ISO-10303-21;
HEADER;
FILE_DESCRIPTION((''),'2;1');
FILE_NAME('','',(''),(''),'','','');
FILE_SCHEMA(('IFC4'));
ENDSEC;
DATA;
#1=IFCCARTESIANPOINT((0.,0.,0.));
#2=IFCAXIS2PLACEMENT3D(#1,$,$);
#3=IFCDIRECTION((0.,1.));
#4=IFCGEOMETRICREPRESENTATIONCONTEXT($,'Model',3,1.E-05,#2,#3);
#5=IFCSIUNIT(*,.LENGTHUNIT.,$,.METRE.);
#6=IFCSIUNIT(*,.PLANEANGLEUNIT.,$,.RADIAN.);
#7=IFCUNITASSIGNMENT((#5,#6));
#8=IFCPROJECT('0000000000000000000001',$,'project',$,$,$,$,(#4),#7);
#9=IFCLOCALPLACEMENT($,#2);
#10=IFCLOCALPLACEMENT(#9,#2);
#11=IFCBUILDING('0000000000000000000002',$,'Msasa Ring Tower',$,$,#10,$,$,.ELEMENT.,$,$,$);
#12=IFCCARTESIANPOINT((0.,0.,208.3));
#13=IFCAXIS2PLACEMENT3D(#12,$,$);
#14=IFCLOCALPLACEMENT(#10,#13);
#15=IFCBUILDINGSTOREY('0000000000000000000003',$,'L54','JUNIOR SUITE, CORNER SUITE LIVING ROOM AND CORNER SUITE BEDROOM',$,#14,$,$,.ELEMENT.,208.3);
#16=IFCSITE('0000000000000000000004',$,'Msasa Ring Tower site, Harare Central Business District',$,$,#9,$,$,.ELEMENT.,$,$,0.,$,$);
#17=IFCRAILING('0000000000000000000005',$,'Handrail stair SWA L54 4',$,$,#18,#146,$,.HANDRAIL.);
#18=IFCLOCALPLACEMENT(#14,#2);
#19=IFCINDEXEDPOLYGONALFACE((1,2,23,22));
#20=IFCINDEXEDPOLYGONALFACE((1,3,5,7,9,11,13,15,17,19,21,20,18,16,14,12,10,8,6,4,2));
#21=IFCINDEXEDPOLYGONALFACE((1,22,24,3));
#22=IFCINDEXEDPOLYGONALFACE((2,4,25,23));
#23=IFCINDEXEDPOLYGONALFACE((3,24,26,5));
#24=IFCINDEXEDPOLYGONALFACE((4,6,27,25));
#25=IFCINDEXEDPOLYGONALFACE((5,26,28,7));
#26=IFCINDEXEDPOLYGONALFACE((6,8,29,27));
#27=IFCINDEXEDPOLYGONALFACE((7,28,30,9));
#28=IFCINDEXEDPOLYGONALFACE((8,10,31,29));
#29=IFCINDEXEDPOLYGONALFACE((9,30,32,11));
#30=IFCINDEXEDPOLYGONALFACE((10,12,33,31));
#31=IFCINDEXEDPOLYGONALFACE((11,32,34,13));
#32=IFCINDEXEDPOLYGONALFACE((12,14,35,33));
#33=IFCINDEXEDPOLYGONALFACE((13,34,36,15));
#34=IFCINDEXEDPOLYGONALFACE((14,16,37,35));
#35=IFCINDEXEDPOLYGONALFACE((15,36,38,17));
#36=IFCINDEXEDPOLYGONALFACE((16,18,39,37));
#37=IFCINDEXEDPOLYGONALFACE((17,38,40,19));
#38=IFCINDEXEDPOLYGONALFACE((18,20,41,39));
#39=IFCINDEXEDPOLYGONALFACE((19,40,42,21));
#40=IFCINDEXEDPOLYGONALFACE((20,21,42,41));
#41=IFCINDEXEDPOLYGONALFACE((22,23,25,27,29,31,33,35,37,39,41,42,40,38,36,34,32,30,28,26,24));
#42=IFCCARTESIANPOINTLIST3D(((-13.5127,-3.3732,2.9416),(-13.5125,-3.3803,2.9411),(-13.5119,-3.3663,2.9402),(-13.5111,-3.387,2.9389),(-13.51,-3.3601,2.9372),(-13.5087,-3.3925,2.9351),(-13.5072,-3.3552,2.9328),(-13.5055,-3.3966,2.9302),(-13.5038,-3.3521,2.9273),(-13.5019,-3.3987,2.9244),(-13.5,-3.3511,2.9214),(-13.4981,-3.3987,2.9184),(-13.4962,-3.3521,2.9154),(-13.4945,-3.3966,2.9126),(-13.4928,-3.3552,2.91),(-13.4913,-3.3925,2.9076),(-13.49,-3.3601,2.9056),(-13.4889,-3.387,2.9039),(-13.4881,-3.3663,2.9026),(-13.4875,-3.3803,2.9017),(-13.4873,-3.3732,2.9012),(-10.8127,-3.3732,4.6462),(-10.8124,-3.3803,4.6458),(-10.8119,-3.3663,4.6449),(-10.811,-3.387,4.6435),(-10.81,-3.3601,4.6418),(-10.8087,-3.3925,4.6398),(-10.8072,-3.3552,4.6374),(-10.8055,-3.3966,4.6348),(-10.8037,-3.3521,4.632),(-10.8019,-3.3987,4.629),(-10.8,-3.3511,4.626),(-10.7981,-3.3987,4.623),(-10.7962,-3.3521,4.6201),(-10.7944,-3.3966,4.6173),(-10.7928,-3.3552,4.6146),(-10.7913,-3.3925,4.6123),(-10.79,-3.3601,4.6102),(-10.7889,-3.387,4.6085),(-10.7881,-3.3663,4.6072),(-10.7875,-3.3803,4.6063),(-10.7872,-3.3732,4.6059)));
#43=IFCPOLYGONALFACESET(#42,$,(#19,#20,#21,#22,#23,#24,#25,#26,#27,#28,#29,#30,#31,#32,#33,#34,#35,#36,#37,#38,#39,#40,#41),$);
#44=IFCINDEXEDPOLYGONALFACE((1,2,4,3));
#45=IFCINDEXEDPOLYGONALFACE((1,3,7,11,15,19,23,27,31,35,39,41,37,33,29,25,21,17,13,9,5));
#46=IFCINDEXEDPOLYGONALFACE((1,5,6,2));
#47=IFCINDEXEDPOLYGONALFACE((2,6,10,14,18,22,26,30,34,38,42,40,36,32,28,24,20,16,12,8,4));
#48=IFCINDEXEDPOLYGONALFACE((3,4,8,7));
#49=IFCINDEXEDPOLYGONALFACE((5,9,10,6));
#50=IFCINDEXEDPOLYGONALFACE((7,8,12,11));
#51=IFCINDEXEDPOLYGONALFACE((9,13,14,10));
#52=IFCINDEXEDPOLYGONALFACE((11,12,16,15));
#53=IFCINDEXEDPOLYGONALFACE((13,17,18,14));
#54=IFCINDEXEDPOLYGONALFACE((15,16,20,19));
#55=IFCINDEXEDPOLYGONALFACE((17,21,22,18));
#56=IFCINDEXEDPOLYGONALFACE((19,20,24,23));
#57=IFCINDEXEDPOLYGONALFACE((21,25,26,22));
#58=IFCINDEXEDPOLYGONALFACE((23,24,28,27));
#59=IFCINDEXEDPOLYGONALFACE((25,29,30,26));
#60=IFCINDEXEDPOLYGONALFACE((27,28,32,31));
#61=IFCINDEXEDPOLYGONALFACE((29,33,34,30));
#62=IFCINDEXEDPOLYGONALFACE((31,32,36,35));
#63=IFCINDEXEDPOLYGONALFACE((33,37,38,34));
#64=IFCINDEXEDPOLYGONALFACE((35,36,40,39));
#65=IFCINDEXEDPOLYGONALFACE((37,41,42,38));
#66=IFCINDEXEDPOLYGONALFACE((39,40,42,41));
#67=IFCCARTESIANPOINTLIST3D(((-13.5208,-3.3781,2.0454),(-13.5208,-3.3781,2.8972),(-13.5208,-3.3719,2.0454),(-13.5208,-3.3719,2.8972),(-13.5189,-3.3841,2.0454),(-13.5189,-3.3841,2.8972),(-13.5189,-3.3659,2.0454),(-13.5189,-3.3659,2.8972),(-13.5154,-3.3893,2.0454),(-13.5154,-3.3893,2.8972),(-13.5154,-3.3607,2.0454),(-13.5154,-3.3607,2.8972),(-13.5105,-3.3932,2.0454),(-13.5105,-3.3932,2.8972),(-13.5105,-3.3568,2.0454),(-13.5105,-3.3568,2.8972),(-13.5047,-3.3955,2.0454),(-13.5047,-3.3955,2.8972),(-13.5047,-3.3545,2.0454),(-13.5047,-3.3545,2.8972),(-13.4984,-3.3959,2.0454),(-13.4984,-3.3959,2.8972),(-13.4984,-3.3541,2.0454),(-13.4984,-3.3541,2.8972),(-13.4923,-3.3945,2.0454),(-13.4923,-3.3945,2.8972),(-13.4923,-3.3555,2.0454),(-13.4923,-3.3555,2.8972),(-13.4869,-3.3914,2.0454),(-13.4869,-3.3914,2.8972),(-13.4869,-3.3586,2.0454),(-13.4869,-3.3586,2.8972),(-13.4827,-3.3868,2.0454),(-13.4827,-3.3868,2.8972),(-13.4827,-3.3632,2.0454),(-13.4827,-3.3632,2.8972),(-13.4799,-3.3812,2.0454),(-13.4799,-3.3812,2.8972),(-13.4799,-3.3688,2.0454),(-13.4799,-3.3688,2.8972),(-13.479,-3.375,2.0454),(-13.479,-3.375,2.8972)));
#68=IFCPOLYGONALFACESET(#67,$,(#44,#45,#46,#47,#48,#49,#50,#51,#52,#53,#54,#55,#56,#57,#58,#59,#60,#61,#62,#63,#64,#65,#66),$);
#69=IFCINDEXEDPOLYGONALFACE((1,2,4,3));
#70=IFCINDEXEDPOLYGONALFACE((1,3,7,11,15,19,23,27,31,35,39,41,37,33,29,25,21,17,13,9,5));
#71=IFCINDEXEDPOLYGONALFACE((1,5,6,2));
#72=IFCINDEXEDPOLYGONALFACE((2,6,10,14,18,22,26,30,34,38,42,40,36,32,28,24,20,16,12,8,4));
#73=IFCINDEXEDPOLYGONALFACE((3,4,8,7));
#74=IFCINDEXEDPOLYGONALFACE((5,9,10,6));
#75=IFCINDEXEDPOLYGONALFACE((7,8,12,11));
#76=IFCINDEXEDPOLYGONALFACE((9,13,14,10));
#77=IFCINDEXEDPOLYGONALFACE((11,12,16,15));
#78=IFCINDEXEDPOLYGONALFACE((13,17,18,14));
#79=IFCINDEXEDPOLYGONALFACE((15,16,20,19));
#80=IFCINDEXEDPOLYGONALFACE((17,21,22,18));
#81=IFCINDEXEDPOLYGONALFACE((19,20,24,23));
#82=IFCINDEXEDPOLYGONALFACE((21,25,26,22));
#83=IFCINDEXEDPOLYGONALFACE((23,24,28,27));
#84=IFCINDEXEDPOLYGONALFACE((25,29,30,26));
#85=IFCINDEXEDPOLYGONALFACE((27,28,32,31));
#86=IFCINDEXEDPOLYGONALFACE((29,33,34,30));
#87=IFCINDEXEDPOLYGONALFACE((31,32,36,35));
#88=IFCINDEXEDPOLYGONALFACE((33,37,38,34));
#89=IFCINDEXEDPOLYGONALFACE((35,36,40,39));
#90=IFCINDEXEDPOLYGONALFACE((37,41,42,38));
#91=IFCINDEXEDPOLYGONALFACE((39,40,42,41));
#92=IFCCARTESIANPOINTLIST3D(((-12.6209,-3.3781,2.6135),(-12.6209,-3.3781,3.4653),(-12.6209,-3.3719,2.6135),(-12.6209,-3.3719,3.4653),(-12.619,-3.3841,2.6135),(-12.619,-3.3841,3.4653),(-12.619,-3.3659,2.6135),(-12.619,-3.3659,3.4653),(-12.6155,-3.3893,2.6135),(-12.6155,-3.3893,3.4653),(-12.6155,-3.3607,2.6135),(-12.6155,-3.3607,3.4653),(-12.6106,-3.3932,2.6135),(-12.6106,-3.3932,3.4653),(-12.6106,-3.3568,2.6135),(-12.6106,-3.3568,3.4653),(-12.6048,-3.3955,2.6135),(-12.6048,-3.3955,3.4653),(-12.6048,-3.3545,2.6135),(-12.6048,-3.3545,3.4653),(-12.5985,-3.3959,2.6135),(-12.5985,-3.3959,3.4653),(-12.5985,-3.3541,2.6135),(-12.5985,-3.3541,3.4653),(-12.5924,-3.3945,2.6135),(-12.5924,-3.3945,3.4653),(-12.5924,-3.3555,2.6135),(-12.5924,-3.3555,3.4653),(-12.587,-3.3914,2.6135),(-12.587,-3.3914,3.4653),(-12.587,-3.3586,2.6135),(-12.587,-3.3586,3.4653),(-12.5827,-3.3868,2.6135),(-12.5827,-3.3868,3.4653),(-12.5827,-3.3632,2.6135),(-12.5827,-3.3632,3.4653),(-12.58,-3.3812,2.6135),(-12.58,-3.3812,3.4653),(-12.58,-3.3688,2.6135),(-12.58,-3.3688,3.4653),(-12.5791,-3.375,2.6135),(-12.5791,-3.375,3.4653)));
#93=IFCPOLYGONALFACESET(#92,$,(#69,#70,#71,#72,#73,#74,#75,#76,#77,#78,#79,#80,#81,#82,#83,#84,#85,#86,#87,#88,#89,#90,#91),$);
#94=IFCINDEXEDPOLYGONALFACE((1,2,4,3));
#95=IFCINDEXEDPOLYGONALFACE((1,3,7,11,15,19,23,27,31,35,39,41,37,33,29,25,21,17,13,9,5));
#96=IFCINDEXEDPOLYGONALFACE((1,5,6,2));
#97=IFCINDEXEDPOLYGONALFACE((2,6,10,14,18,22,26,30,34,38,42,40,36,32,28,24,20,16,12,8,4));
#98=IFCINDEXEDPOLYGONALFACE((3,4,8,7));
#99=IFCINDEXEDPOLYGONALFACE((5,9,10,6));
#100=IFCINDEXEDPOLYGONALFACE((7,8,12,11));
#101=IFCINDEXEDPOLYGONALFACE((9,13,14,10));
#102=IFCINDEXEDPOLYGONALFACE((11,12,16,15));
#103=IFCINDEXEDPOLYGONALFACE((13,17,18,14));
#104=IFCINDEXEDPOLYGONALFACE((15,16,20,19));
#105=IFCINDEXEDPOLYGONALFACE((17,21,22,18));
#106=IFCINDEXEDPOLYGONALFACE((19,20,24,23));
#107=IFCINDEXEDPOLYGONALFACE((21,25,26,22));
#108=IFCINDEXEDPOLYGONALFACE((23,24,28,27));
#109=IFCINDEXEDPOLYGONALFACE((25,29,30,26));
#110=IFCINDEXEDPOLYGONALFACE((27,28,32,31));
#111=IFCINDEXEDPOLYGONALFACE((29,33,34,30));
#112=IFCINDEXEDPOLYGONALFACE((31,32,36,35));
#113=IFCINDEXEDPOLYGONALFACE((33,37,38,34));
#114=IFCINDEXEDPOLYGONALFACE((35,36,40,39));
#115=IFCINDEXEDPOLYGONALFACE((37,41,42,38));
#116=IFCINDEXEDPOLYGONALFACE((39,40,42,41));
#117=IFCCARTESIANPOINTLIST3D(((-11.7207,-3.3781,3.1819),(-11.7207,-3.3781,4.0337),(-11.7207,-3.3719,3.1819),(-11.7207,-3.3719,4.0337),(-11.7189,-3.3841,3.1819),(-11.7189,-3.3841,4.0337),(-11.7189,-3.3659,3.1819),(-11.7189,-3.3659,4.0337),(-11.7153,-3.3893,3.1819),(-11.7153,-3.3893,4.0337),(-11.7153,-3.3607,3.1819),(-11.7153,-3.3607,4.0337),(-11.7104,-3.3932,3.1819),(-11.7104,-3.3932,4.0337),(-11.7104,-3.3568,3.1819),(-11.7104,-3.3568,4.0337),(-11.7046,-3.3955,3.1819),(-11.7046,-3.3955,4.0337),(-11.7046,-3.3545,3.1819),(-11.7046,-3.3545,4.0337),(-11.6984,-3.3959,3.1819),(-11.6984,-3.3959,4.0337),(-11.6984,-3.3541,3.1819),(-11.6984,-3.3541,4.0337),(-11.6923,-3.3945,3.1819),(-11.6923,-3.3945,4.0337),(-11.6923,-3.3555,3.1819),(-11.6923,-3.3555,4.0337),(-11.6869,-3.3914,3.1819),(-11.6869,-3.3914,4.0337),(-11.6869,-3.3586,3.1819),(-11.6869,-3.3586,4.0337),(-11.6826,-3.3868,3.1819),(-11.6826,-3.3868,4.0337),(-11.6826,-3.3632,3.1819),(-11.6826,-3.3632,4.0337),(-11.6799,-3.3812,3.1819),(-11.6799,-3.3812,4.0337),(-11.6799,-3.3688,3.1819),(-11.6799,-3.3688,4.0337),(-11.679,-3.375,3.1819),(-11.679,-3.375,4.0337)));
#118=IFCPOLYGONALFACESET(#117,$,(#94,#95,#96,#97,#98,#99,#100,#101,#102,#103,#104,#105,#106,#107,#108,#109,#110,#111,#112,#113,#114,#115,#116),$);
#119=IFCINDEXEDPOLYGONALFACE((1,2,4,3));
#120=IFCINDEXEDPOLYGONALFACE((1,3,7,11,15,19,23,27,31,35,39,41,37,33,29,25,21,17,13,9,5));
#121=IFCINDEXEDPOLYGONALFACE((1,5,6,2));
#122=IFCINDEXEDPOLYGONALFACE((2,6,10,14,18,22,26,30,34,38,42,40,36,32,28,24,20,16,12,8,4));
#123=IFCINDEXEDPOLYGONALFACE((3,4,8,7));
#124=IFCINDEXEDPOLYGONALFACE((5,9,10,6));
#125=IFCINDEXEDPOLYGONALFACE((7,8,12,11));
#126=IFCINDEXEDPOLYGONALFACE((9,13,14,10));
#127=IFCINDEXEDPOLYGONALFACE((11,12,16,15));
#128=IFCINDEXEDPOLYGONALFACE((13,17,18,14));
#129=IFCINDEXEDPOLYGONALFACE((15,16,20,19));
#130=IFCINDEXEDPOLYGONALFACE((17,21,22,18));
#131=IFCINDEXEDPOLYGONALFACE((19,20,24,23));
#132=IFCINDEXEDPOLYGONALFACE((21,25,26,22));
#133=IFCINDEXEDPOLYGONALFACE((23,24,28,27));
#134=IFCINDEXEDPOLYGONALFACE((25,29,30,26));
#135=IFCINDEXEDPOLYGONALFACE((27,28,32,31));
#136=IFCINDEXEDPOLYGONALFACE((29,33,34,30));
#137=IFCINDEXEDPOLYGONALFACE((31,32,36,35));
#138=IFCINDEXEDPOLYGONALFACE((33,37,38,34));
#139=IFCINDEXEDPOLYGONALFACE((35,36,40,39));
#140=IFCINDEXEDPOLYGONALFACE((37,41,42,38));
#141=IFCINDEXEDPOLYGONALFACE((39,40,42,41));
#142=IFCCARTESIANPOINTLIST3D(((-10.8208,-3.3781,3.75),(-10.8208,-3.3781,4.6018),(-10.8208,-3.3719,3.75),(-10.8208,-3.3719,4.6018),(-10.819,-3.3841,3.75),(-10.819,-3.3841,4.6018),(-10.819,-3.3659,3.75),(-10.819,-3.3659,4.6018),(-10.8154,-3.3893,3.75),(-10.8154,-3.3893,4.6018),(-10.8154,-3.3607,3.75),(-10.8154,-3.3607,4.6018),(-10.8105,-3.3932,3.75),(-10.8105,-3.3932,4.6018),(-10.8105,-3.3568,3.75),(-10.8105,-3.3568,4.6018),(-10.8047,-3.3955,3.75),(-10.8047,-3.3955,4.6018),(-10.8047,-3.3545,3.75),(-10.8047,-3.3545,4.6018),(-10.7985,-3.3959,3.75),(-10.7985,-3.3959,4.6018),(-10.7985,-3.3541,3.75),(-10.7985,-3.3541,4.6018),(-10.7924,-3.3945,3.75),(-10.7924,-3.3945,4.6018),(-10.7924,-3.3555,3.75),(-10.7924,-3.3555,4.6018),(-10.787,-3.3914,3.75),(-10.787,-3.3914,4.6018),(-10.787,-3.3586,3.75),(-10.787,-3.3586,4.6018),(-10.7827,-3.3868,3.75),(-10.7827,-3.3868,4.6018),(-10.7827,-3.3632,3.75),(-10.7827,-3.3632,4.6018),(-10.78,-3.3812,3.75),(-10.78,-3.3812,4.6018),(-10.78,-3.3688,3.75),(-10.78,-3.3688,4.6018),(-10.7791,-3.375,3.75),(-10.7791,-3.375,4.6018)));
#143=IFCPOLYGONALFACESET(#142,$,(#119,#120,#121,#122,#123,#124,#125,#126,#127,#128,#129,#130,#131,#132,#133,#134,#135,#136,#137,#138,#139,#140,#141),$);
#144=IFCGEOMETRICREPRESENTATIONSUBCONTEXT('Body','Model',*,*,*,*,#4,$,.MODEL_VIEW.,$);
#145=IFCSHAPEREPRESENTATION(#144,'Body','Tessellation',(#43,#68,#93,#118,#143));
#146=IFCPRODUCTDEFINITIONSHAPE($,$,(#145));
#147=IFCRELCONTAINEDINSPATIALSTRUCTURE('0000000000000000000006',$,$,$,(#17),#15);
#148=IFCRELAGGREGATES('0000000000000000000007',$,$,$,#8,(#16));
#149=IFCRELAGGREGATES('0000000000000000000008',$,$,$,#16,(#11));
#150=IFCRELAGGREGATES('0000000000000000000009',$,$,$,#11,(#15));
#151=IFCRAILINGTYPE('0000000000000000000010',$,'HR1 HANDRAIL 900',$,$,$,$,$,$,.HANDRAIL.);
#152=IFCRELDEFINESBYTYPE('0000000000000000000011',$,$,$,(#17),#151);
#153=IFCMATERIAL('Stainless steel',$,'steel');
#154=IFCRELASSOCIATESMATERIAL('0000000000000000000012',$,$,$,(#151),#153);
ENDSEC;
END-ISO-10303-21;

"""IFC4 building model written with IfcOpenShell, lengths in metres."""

from ifc_helpers import new_model, si_unit, direction, frame, origin, origin_2d, place, context, subcontext, project, spatial, circle, extrude, material, type_object, element, save


model = new_model("IFC4")

# Units and contexts
model_context = context("Model", 3, precision=1e-05, world=origin(), true_north=direction((0.0, 1.0)))
body_context = subcontext(model_context, "Body", "Model", "MODEL_VIEW")
ifc_project = project(units=[si_unit("LENGTHUNIT", "METRE"), si_unit("PLANEANGLEUNIT", "RADIAN")], contexts=[model_context])

# Site, building, storey
site_placement = place(None, origin())
site = spatial("IfcSite", under=ifc_project, at=site_placement, Name="Msasa Ring Tower site, Harare Central Business District", CompositionType="ELEMENT", RefElevation=0.0)
building_placement = place(site_placement, origin())
building = spatial("IfcBuilding", under=site, at=building_placement, Name="Msasa Ring Tower", CompositionType="ELEMENT")
storey_placement = place(building_placement, frame((0.0, 0.0, 208.3)))
storey = spatial("IfcBuildingStorey", under=building, at=storey_placement, Name="L54", Description="JUNIOR SUITE, CORNER SUITE LIVING ROOM AND CORNER SUITE BEDROOM", CompositionType="ELEMENT", Elevation=208.3)

# Railing
ifc_material_1 = material(Name="Stainless steel", Category="steel")
railing_type = type_object("IfcRailingType", Name="HR1 HANDRAIL 900", PredefinedType="HANDRAIL", material=ifc_material_1)
for number, where, name in (
    (1, (-13.5, -3.375, 2.0454), "Handrail stair SWA L54 4"),
):
    element("IfcRailing", number, at=place(storey_placement, frame(where)), inside=storey, type_object=railing_type, Name=name, PredefinedType="HANDRAIL", context=body_context, shape_type="SweptSolid", body=[
        extrude(circle(Radius=0.0239, at=origin_2d()), frame((0.0, 0.0, 0.876), z_axis=(0.84558, 0.0, 0.533849), x_axis=(0.0, 1.0, 0.0)), (0.0, 0.0, 1.0), 3.1931),
        extrude(circle(Radius=0.021, at=origin_2d()), origin(), (0.0, 0.0, 1.0), 0.8518),
        extrude(circle(Radius=0.021, at=origin_2d()), frame((0.8999, 0.0, 0.5681)), (0.0, 0.0, 1.0), 0.8518),
        extrude(circle(Radius=0.021, at=origin_2d()), frame((1.8, 0.0, 1.1365)), (0.0, 0.0, 1.0), 0.8518),
        extrude(circle(Radius=0.021, at=origin_2d()), frame((2.7, 0.0, 1.7046)), (0.0, 0.0, 1.0), 0.8518),
    ])

save(model, "model.ifc")
